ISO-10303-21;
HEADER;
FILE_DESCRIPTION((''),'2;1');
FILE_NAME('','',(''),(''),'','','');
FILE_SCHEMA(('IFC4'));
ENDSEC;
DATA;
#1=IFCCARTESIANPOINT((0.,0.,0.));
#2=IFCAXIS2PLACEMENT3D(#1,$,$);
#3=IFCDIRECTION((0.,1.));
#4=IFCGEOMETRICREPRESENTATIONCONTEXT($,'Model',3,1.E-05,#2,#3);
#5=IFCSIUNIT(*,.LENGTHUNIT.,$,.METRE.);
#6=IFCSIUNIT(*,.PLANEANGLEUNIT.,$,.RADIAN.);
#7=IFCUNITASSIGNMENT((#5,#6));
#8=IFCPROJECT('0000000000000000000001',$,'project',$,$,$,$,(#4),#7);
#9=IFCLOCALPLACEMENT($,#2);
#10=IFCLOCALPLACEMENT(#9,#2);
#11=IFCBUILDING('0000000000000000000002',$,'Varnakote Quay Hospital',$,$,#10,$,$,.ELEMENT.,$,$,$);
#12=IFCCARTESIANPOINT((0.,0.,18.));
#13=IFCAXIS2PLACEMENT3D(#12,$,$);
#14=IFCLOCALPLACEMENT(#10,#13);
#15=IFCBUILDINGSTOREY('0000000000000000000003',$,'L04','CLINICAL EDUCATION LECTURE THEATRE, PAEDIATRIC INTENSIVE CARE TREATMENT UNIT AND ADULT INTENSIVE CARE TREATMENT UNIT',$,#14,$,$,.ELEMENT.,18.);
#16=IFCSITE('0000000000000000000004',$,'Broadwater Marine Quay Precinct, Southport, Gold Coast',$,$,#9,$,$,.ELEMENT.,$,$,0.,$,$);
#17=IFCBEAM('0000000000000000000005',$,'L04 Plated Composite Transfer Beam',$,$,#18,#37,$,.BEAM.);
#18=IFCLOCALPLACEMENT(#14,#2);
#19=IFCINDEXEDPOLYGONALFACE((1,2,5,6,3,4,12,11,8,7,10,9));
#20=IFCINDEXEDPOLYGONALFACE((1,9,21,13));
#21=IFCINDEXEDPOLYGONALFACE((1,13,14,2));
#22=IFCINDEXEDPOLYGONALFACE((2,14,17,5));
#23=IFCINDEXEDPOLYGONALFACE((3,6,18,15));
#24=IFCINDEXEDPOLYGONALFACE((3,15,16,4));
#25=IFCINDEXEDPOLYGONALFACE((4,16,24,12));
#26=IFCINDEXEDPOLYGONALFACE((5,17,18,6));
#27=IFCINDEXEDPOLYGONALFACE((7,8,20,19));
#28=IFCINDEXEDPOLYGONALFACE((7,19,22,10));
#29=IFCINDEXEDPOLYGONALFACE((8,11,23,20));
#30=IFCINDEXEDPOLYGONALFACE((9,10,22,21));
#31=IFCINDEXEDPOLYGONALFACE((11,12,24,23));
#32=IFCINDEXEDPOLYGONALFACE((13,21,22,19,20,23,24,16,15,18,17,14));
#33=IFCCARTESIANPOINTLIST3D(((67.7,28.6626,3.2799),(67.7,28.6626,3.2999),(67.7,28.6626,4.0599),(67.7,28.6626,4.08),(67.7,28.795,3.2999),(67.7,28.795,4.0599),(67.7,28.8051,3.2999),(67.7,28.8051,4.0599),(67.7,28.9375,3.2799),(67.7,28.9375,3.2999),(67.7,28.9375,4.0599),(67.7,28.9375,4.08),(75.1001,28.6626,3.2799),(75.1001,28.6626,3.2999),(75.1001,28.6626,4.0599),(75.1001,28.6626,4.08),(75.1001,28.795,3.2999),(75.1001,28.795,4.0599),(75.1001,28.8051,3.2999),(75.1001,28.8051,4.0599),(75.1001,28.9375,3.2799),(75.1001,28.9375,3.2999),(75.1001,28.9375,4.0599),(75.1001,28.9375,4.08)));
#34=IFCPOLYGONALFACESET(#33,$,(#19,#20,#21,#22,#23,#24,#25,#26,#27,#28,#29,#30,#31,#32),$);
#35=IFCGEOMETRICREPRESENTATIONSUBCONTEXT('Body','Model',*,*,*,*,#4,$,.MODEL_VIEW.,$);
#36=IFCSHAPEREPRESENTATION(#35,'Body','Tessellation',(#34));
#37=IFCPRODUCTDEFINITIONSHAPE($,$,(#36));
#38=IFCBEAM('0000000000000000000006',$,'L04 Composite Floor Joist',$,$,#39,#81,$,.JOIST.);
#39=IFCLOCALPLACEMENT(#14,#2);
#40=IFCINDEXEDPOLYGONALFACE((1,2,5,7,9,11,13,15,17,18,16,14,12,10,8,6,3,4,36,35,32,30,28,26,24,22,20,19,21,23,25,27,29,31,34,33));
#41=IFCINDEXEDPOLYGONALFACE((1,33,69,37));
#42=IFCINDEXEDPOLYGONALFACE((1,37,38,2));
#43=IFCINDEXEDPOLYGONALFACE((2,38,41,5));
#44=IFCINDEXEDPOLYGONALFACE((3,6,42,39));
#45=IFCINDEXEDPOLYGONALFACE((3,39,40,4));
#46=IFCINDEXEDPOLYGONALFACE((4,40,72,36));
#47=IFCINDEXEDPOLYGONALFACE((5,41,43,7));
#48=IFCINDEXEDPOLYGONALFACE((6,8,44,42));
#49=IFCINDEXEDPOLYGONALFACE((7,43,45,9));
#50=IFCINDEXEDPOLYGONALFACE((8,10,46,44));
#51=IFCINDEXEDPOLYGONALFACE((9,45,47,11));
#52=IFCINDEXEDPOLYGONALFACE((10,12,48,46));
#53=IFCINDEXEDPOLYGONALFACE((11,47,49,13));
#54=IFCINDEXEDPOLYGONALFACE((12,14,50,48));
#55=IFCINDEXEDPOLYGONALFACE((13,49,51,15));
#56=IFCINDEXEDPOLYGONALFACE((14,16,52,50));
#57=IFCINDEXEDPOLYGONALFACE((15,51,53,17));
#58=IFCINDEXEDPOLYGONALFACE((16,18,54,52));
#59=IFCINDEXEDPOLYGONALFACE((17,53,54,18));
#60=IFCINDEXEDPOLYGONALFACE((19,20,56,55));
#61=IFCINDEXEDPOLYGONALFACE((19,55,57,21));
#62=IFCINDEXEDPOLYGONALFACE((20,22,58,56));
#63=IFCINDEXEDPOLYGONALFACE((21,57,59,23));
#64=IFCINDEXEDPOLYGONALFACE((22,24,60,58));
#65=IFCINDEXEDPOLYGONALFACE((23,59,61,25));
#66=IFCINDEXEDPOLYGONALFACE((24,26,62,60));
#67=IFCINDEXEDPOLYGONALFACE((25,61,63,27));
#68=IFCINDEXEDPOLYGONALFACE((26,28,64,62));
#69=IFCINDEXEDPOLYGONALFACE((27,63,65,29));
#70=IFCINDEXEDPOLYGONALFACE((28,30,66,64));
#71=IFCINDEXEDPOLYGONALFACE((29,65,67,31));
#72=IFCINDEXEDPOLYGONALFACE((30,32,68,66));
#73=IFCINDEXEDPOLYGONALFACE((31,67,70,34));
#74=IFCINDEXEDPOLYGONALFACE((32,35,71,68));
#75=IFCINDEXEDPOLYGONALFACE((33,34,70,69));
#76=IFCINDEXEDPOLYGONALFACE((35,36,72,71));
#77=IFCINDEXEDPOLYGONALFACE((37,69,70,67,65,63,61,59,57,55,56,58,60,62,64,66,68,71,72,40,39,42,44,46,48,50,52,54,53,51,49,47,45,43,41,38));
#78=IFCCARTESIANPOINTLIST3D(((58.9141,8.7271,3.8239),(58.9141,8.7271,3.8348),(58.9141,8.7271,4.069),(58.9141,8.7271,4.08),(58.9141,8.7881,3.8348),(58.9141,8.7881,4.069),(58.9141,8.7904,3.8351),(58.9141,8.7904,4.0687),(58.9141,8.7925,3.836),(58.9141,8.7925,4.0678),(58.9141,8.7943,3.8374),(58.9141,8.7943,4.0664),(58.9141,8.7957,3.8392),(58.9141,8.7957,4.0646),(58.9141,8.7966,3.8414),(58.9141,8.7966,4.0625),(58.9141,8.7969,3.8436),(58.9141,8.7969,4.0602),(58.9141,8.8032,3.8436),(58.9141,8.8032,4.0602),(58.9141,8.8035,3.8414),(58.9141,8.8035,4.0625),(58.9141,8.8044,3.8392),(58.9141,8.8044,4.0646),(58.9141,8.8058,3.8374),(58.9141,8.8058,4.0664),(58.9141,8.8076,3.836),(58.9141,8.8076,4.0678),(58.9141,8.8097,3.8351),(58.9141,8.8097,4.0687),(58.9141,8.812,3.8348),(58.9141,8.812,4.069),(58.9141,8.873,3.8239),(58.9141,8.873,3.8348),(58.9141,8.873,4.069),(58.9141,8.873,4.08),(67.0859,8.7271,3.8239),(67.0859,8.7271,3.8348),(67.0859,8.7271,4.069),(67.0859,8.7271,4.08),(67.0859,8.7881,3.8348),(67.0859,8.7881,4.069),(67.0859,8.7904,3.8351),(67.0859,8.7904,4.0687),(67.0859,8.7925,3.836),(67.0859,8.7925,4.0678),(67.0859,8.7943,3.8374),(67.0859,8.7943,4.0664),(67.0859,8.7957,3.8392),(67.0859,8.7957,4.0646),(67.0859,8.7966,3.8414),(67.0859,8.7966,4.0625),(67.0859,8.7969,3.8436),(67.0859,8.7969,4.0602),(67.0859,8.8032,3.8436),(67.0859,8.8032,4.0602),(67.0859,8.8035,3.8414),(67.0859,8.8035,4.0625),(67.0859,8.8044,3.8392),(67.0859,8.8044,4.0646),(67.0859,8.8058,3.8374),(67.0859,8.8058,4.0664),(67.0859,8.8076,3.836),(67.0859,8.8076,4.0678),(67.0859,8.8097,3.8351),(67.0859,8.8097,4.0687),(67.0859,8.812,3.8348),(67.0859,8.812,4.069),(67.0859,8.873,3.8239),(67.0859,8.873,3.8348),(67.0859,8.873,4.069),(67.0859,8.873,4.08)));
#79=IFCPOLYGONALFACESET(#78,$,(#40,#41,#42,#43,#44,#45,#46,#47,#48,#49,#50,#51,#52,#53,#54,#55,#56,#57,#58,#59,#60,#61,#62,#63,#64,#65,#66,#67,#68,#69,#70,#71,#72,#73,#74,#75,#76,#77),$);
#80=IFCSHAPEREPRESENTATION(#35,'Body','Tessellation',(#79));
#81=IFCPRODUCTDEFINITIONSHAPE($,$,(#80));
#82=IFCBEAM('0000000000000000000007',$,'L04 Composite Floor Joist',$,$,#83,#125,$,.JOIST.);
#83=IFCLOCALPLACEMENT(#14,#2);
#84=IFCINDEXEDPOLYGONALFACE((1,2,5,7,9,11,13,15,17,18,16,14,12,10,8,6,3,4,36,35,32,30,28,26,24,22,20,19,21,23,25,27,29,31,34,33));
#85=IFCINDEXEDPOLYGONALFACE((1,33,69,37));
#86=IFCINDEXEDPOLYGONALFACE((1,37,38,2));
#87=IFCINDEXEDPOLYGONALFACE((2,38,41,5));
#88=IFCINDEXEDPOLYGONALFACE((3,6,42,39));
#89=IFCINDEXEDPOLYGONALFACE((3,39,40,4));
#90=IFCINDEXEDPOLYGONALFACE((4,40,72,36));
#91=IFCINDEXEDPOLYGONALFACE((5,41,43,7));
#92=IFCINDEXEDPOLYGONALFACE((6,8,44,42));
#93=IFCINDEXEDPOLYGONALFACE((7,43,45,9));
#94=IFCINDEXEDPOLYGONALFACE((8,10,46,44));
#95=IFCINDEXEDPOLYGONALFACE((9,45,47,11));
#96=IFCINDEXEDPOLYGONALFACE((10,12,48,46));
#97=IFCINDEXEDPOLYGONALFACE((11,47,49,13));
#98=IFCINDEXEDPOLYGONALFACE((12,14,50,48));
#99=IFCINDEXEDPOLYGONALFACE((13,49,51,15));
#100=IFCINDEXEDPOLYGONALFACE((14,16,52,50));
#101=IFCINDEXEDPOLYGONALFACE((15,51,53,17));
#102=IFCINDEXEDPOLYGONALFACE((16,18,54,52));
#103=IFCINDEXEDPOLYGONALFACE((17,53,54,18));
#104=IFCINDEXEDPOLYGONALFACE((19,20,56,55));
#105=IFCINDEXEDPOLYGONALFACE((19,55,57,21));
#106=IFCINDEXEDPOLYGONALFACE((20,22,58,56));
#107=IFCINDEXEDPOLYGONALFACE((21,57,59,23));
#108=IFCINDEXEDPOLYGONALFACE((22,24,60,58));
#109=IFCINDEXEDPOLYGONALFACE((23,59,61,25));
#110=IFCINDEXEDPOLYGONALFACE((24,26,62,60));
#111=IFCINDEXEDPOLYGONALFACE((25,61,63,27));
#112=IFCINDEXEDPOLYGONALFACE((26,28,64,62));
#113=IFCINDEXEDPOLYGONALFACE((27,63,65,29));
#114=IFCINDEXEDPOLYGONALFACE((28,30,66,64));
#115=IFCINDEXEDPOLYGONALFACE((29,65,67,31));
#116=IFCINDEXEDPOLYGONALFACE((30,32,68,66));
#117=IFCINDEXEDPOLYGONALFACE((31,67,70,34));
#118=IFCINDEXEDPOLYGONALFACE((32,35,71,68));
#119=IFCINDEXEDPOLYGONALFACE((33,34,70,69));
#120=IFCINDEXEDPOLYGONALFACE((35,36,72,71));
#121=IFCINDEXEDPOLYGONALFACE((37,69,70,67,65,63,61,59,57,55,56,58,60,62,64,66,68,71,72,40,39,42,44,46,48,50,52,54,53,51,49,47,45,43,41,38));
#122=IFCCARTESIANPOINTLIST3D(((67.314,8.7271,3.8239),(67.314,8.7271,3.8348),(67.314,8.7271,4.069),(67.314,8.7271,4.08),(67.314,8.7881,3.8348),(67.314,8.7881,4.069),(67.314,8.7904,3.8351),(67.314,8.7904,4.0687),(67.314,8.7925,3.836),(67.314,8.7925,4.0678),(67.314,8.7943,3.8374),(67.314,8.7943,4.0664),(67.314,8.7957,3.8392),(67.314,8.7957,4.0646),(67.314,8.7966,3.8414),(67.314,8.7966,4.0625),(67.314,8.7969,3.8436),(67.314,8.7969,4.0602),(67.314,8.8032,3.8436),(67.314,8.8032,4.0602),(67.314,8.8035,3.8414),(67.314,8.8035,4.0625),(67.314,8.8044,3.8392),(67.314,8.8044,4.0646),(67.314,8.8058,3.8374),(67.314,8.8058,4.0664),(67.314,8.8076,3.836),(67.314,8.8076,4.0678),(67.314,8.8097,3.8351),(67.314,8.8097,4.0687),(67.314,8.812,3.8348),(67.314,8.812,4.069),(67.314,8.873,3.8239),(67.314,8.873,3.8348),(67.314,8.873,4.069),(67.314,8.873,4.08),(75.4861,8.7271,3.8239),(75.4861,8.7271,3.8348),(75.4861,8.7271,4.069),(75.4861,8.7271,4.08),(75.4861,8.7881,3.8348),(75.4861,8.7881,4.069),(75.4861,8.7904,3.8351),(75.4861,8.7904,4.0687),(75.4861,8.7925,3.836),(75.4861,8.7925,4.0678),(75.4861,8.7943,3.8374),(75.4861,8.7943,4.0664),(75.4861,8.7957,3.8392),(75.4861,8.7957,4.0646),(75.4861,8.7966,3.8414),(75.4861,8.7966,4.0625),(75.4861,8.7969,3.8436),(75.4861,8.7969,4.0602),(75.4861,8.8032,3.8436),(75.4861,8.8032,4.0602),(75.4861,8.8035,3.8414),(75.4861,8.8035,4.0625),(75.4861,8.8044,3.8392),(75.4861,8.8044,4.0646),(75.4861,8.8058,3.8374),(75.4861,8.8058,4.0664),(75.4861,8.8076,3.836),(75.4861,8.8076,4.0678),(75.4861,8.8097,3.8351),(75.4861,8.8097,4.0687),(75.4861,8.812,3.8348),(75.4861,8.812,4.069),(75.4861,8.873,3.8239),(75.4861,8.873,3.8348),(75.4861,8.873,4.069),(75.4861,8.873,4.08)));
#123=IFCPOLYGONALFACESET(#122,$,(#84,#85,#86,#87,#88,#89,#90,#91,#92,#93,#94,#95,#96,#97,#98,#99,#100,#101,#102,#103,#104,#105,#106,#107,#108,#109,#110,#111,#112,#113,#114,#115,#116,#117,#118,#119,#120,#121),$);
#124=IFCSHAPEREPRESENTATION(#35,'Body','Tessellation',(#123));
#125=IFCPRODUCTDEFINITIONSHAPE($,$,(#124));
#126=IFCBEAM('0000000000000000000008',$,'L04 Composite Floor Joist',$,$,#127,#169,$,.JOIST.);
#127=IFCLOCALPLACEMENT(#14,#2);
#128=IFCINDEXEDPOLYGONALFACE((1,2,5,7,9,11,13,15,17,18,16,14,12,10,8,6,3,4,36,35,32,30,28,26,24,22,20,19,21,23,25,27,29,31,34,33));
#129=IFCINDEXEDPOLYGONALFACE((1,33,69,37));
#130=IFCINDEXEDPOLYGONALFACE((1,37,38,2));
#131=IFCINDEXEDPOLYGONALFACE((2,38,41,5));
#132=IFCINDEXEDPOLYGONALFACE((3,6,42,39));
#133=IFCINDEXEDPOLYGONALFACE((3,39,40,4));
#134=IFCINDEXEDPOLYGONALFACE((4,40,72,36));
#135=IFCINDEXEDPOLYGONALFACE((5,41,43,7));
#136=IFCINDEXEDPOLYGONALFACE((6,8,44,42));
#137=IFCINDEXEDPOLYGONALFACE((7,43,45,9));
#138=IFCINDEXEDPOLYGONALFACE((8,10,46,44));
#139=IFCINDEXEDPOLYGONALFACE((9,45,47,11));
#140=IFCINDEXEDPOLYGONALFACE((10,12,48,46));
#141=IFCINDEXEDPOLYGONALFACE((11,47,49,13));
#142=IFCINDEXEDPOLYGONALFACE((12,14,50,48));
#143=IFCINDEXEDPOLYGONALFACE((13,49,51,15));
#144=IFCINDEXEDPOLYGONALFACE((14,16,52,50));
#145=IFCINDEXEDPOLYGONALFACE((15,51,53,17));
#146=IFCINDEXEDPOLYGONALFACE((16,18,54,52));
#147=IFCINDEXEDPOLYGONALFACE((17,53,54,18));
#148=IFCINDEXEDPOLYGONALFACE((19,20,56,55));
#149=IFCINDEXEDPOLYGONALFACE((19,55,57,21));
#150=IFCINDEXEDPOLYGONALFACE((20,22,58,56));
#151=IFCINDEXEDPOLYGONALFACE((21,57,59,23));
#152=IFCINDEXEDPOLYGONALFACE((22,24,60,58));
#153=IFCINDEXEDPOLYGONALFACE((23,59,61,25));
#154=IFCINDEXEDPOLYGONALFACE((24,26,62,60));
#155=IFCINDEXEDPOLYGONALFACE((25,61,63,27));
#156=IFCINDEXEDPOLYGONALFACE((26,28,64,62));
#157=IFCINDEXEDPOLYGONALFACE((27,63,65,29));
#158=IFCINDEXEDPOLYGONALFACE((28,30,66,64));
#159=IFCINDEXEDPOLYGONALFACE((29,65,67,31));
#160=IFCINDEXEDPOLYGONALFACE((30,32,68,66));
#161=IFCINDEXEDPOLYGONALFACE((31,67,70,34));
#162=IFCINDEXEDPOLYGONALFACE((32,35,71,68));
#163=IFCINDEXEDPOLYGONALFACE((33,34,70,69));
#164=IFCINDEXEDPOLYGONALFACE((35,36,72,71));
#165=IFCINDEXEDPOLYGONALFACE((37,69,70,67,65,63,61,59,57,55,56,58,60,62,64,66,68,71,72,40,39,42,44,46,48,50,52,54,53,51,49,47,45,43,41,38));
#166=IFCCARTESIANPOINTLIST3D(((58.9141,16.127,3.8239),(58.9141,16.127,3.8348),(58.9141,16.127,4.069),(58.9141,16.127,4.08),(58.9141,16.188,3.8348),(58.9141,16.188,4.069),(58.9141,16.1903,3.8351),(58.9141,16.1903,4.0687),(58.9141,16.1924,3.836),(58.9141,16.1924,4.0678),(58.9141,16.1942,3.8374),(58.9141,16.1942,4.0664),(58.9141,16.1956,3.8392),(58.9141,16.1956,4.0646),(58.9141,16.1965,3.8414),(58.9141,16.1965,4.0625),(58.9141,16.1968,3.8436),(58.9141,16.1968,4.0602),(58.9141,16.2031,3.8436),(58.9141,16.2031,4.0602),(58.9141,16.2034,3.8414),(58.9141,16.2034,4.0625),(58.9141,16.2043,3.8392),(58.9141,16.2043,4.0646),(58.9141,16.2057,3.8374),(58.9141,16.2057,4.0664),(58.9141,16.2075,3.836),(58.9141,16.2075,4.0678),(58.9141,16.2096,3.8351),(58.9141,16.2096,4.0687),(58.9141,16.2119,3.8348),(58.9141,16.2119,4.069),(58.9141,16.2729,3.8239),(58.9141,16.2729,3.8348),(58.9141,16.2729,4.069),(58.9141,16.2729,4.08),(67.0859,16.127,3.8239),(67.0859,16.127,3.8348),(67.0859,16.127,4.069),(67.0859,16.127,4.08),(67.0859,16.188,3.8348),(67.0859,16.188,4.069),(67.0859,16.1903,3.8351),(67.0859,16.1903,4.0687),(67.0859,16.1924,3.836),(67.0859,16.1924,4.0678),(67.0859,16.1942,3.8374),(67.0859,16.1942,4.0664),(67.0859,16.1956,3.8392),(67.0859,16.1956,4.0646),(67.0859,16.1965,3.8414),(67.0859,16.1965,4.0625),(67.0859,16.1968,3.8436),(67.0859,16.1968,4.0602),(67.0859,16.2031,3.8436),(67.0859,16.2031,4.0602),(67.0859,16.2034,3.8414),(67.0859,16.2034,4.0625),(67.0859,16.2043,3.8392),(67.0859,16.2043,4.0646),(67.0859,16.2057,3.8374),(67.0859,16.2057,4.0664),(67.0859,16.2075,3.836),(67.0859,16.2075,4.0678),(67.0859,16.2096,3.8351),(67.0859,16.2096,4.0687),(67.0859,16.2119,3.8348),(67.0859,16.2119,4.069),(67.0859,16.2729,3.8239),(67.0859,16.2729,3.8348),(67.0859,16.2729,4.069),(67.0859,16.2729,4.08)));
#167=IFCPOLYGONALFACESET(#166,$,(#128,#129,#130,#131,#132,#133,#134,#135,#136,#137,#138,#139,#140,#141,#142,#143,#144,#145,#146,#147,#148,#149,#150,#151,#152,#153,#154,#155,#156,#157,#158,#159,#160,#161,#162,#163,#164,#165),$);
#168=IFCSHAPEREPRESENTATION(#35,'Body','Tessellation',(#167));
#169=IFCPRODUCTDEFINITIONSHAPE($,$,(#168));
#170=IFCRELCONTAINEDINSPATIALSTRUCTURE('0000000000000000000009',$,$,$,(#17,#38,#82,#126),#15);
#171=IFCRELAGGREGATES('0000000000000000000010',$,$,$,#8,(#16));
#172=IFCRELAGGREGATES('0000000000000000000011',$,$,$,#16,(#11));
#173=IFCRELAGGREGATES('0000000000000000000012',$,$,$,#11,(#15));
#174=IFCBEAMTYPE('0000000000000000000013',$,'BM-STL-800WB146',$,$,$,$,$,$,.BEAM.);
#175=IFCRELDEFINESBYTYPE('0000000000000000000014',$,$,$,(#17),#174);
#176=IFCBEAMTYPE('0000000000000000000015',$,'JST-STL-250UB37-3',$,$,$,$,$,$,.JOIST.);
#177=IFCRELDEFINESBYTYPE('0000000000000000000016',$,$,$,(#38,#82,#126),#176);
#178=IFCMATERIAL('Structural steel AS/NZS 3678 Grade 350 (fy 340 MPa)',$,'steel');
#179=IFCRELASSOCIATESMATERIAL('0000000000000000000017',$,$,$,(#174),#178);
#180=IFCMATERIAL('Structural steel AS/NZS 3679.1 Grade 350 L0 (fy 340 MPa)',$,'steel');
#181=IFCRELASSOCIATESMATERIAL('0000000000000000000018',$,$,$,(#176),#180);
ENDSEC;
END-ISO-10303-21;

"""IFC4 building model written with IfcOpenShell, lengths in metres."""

from ifc_helpers import new_model, si_unit, direction, frame, origin, origin_2d, place, context, subcontext, project, spatial, i_section, extrude, material, material_profile, profile_set, type_object, element, save


model = new_model("IFC4")

# Units and contexts
model_context = context("Model", 3, precision=1e-05, world=origin(), true_north=direction((0.0, 1.0)))
body_context = subcontext(model_context, "Body", "Model", "MODEL_VIEW")
ifc_project = project(units=[si_unit("LENGTHUNIT", "METRE"), si_unit("PLANEANGLEUNIT", "RADIAN")], contexts=[model_context])

# Site, building, storey
site_placement = place(None, origin())
site = spatial("IfcSite", under=ifc_project, at=site_placement, Name="Broadwater Marine Quay Precinct, Southport, Gold Coast", CompositionType="ELEMENT", RefElevation=0.0)
building_placement = place(site_placement, origin())
building = spatial("IfcBuilding", under=site, at=building_placement, Name="Varnakote Quay Hospital", CompositionType="ELEMENT")
storey_placement = place(building_placement, frame((0.0, 0.0, 18.0)))
storey = spatial("IfcBuildingStorey", under=building, at=storey_placement, Name="L04", Description="CLINICAL EDUCATION LECTURE THEATRE, PAEDIATRIC INTENSIVE CARE TREATMENT UNIT AND ADULT INTENSIVE CARE TREATMENT UNIT", CompositionType="ELEMENT", Elevation=18.0)

# Beams
ifc_material_1 = material(Name="Structural steel AS/NZS 3678 Grade 350 (fy 340 MPa)", Category="steel")
ifc_material_profile_1 = material_profile(ifc_material_1, i_section(OverallWidth=0.2749, OverallDepth=0.8, WebThickness=0.01, FlangeThickness=0.02, at=origin_2d()), Name="800WB146")
ifc_profile_set_1 = profile_set([ifc_material_profile_1], Name="Structural steel AS/NZS 3678 Grade 350 (fy 340 MPa)")
beam_type_1 = type_object("IfcBeamType", Name="BM-STL-800WB146", PredefinedType="BEAM", material=ifc_profile_set_1)
beam_1_placement = place(storey_placement, frame((67.7, 28.8, 3.6799), z_axis=(1.0, 0.0, 0.0), x_axis=(0.0, 1.0, 0.0)))
element("IfcBeam", 1, at=beam_1_placement, inside=storey, type_object=beam_type_1, Name="L04 Plated Composite Transfer Beam", PredefinedType="BEAM", context=body_context, shape_type="SweptSolid", body=[
    extrude(i_section(OverallWidth=0.2749, OverallDepth=0.8, WebThickness=0.01, FlangeThickness=0.02, at=origin_2d()), origin(), (0.0, 0.0, 1.0), 7.4001),
])
ifc_material_2 = material(Name="Structural steel AS/NZS 3679.1 Grade 350 L0 (fy 340 MPa)", Category="steel")
ifc_material_profile_2 = material_profile(ifc_material_2, i_section(OverallWidth=0.146, OverallDepth=0.2561, WebThickness=0.0063, FlangeThickness=0.011, FilletRadius=0.0088, at=origin_2d()), Name="250UB37.3")
ifc_profile_set_2 = profile_set([ifc_material_profile_2], Name="Structural steel AS/NZS 3679.1 Grade 350 L0 (fy 340 MPa)")
beam_type_2 = type_object("IfcBeamType", Name="JST-STL-250UB37-3", PredefinedType="JOIST", material=ifc_profile_set_2)
beam_2_placement = place(storey_placement, frame((58.9141, 8.8, 3.9519), z_axis=(1.0, 0.0, 0.0), x_axis=(0.0, 1.0, 0.0)))
element("IfcBeam", 2, at=beam_2_placement, inside=storey, type_object=beam_type_2, Name="L04 Composite Floor Joist", PredefinedType="JOIST", context=body_context, shape_type="SweptSolid", body=[
    extrude(i_section(OverallWidth=0.146, OverallDepth=0.2561, WebThickness=0.0063, FlangeThickness=0.011, FilletRadius=0.0088, at=origin_2d()), origin(), (0.0, 0.0, 1.0), 8.1719),
])
beam_3_placement = place(storey_placement, frame((67.314, 8.8, 3.9519), z_axis=(1.0, 0.0, 0.0), x_axis=(0.0, 1.0, 0.0)))
element("IfcBeam", 3, at=beam_3_placement, inside=storey, type_object=beam_type_2, Name="L04 Composite Floor Joist", PredefinedType="JOIST", context=body_context, shape_type="SweptSolid", body=[
    extrude(i_section(OverallWidth=0.146, OverallDepth=0.2561, WebThickness=0.0063, FlangeThickness=0.011, FilletRadius=0.0088, at=origin_2d()), origin(), (0.0, 0.0, 1.0), 8.1721),
])
beam_4_placement = place(storey_placement, frame((58.9141, 16.2, 3.9519), z_axis=(1.0, 0.0, 0.0), x_axis=(0.0, 1.0, 0.0)))
element("IfcBeam", 4, at=beam_4_placement, inside=storey, type_object=beam_type_2, Name="L04 Composite Floor Joist", PredefinedType="JOIST", context=body_context, shape_type="SweptSolid", body=[
    extrude(i_section(OverallWidth=0.146, OverallDepth=0.2561, WebThickness=0.0063, FlangeThickness=0.011, FilletRadius=0.0088, at=origin_2d()), origin(), (0.0, 0.0, 1.0), 8.1719),
])

save(model, "model.ifc")
